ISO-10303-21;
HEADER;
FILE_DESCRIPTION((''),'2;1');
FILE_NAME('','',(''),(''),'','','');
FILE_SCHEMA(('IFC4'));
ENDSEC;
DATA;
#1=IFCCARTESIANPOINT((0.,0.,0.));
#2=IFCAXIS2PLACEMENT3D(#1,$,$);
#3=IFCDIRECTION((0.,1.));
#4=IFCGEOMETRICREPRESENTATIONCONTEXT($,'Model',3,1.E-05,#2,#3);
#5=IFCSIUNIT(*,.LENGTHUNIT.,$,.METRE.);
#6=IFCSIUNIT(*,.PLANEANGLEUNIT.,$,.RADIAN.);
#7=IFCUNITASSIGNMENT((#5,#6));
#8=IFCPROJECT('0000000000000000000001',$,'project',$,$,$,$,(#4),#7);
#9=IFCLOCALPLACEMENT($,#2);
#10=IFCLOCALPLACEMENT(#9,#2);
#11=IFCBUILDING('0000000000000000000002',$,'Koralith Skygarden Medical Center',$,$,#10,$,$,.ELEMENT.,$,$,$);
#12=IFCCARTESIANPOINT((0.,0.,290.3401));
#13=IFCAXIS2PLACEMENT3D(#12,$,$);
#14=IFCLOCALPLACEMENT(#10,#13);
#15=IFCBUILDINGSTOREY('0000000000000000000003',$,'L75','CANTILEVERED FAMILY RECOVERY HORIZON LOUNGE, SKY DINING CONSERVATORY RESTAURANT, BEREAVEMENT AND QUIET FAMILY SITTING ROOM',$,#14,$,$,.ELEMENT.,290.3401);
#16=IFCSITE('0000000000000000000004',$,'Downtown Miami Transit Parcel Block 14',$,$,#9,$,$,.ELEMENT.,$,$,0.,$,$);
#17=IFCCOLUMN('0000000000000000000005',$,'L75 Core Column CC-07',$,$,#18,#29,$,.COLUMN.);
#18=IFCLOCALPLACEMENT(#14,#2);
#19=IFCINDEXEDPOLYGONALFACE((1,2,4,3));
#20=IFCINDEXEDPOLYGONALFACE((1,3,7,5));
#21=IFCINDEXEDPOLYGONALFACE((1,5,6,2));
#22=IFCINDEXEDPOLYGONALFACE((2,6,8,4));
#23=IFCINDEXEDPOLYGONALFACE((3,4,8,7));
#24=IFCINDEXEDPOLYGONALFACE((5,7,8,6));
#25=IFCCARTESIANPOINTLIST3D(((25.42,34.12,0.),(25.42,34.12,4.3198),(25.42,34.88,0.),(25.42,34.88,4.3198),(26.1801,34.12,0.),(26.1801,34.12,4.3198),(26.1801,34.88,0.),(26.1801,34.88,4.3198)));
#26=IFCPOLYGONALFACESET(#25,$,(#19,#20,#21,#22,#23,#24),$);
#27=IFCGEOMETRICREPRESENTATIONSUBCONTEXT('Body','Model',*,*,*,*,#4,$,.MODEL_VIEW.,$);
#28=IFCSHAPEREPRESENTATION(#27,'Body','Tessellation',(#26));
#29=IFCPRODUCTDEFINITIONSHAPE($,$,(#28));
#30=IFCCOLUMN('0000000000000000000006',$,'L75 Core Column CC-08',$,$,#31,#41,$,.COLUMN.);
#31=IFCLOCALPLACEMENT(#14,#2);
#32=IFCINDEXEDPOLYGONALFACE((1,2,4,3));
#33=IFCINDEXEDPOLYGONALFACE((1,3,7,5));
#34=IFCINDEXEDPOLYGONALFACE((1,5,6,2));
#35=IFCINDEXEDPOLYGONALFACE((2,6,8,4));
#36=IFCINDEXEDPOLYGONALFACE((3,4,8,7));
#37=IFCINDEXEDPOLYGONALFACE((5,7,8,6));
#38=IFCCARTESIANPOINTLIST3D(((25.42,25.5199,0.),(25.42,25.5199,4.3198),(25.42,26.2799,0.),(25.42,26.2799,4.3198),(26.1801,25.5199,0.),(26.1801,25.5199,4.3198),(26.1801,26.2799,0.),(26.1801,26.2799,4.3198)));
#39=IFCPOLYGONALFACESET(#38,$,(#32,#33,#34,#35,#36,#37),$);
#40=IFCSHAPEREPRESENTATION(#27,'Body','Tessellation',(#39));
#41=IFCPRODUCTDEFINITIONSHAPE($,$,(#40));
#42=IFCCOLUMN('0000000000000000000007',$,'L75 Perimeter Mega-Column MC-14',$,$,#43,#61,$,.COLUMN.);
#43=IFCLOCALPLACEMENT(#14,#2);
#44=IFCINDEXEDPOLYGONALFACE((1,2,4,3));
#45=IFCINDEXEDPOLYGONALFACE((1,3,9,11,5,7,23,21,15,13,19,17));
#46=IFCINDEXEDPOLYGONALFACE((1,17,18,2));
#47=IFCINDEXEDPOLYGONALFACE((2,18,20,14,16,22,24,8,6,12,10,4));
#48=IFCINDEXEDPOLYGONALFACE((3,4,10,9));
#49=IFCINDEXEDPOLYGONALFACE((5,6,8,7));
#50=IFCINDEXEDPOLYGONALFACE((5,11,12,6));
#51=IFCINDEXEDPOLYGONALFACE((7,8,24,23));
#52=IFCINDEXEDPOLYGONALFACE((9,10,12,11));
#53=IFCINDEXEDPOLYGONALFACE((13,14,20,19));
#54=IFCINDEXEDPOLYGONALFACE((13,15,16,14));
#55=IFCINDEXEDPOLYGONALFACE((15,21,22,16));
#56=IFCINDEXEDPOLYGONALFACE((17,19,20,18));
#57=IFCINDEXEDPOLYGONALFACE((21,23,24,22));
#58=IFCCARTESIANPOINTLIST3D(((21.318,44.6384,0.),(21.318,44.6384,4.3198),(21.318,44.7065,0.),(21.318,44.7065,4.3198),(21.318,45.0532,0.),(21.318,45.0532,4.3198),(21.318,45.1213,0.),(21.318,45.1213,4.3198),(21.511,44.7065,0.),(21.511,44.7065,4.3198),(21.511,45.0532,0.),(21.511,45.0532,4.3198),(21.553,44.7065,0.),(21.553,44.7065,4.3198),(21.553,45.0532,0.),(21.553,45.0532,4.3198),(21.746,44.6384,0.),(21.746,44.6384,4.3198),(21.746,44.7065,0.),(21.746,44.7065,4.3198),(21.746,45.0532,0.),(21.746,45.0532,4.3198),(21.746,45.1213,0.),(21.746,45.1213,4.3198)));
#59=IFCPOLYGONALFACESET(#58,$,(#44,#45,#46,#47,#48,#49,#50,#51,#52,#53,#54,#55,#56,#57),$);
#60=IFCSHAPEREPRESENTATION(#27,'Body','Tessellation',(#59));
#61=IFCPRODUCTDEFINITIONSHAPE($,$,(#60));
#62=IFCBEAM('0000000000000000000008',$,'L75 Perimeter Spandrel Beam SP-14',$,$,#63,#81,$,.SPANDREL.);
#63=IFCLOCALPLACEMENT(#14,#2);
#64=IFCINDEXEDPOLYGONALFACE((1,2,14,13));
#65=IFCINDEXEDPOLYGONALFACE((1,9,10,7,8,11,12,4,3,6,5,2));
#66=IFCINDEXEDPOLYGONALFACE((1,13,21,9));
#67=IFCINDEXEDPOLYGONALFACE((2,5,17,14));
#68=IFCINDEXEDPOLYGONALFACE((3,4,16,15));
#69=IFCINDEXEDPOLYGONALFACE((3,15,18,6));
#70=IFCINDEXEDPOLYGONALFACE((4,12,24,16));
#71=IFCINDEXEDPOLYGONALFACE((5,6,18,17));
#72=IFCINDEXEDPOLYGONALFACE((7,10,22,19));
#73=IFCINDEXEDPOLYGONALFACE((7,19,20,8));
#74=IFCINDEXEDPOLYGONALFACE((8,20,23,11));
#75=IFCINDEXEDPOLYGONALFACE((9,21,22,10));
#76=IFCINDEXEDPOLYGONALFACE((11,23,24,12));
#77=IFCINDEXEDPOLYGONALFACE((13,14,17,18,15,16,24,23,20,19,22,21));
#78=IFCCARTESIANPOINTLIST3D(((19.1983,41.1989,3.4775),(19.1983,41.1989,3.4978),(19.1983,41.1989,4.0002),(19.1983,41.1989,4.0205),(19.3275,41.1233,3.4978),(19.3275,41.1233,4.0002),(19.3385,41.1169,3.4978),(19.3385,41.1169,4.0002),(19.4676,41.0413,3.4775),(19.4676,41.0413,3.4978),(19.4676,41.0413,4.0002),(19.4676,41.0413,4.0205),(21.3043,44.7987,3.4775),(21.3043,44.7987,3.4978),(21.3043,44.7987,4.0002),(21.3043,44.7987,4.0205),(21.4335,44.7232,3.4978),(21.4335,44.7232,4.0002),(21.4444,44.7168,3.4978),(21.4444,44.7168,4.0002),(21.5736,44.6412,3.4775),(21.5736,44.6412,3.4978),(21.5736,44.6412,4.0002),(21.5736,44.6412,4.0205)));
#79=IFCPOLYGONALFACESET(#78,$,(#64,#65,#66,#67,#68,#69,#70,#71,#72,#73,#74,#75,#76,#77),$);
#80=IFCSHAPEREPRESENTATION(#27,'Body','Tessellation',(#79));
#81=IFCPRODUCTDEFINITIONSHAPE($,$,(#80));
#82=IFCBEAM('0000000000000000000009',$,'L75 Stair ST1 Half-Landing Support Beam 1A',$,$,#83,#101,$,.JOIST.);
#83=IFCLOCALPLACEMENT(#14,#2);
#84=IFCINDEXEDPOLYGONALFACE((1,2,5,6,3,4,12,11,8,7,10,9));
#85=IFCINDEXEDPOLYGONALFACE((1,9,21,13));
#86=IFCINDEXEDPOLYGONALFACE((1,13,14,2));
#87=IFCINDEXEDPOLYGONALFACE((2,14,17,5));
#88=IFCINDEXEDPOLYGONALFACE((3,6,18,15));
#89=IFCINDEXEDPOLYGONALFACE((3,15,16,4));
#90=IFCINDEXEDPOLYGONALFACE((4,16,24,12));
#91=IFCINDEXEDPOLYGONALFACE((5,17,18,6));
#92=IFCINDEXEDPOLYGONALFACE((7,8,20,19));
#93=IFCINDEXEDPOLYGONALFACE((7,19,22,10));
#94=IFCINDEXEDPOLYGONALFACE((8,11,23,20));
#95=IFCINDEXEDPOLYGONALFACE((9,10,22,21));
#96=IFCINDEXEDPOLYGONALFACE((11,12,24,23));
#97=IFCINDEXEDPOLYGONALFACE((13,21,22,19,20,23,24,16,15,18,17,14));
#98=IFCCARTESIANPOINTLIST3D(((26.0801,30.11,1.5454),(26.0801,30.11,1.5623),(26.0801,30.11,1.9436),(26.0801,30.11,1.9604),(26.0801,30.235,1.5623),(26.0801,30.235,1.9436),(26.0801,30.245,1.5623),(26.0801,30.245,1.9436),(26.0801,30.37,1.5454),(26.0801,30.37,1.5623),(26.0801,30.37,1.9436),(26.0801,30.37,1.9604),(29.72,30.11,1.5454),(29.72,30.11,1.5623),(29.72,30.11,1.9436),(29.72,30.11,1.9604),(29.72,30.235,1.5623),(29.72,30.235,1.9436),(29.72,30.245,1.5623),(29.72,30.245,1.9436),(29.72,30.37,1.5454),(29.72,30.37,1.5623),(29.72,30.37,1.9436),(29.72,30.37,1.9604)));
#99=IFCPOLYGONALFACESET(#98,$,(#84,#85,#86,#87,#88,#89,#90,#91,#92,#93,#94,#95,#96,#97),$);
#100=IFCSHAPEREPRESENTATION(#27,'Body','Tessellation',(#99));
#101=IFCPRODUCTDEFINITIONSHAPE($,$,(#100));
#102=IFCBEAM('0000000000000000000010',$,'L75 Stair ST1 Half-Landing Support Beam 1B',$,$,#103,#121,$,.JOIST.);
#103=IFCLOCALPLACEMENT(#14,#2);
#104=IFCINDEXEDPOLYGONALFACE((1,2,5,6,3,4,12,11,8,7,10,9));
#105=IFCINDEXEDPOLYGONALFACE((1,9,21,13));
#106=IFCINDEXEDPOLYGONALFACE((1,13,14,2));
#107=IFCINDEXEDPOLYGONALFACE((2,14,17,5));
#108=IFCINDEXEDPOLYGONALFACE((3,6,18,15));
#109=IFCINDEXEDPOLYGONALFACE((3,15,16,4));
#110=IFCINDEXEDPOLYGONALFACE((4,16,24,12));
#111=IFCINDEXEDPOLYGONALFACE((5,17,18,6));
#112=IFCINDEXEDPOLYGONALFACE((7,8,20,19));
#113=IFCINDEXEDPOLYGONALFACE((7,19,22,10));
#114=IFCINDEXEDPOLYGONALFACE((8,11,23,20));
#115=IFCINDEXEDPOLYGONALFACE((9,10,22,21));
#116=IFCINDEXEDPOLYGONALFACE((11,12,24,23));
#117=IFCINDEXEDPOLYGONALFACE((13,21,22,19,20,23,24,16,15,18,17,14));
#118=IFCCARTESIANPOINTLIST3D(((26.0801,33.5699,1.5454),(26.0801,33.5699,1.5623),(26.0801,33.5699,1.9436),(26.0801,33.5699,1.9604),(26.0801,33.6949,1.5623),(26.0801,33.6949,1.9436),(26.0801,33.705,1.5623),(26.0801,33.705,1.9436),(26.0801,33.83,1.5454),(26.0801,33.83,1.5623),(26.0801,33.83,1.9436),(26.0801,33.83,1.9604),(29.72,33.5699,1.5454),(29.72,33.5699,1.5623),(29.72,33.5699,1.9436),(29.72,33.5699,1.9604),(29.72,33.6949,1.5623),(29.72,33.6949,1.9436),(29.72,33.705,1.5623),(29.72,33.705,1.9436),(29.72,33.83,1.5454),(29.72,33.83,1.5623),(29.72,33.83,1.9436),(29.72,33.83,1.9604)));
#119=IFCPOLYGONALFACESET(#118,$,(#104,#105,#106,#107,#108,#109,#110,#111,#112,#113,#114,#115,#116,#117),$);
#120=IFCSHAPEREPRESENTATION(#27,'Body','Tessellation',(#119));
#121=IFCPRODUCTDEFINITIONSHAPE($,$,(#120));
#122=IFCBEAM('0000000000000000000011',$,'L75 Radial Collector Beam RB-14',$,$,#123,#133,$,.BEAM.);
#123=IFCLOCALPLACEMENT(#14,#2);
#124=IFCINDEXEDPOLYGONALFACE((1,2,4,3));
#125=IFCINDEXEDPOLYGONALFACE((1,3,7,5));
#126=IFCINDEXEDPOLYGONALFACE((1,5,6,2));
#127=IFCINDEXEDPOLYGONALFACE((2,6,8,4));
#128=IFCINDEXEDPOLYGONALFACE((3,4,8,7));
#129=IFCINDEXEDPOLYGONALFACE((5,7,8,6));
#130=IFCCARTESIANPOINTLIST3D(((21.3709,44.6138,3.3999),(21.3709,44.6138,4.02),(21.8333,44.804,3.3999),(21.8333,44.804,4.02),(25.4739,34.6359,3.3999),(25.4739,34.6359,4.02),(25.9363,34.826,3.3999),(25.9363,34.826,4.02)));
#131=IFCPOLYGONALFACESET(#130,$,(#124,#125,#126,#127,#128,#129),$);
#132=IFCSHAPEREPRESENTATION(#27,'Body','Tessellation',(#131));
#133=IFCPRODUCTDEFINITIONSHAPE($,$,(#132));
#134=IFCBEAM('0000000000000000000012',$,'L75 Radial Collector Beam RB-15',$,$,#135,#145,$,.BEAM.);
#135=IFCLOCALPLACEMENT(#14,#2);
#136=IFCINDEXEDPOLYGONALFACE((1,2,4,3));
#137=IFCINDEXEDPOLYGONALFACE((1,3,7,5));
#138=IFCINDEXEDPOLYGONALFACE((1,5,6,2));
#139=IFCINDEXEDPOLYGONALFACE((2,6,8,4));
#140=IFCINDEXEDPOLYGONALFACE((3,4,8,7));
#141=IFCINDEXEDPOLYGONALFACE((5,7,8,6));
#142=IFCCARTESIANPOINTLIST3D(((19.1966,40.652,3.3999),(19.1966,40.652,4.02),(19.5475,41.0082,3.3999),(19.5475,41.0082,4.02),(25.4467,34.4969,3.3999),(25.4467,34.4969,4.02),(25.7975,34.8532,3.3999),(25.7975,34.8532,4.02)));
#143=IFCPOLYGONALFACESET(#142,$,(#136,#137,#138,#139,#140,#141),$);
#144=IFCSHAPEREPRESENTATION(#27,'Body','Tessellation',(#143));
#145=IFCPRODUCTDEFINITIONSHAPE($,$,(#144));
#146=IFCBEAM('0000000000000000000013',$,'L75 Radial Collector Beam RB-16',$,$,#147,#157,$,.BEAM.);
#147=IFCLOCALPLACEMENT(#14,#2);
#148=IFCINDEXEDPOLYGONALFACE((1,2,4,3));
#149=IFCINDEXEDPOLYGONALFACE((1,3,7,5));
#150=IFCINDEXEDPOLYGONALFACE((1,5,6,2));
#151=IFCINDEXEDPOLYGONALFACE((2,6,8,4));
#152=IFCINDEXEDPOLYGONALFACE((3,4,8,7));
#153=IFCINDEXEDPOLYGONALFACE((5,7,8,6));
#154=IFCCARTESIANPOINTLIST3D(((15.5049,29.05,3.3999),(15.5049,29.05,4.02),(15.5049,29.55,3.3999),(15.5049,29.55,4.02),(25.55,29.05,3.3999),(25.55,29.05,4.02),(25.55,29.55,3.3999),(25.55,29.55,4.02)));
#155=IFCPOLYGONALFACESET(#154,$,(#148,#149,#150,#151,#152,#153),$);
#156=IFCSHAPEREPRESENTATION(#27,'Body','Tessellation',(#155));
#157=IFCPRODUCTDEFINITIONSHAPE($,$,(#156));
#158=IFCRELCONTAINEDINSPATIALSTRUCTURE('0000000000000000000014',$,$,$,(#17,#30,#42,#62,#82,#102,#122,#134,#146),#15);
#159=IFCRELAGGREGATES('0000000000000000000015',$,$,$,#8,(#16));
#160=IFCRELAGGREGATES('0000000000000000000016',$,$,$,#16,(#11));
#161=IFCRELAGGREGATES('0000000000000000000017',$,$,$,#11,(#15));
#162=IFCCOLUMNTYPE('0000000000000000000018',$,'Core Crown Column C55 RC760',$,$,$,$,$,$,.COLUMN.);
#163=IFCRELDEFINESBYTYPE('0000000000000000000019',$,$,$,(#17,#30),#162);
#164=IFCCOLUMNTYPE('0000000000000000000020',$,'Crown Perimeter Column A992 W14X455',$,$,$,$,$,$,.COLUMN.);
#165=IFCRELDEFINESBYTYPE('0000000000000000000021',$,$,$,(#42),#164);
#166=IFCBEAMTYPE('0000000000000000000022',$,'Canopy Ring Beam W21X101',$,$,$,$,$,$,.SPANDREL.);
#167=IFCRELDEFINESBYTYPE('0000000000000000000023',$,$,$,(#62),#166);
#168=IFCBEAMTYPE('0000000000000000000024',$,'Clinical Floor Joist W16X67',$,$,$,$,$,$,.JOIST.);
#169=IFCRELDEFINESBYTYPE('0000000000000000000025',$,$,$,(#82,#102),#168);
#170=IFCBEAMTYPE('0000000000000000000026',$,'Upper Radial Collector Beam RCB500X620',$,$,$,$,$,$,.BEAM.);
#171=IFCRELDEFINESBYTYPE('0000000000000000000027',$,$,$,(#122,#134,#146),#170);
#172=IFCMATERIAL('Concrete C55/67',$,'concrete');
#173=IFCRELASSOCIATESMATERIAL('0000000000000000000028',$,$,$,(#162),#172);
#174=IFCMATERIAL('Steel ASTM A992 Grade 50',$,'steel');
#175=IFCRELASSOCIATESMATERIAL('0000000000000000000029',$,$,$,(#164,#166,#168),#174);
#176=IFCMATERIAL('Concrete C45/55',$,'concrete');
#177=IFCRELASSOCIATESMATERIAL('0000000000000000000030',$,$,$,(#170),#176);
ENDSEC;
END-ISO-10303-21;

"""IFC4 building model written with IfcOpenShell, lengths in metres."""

from ifc_helpers import new_model, si_unit, direction, frame, origin, origin_2d, place, context, subcontext, project, spatial, rectangle, i_section, extrude, material, material_profile, profile_set, type_object, element, save


model = new_model("IFC4")

# Units and contexts
model_context = context("Model", 3, precision=1e-05, world=origin(), true_north=direction((0.0, 1.0)))
body_context = subcontext(model_context, "Body", "Model", "MODEL_VIEW")
ifc_project = project(units=[si_unit("LENGTHUNIT", "METRE"), si_unit("PLANEANGLEUNIT", "RADIAN")], contexts=[model_context])

# Site, building, storey
site_placement = place(None, origin())
site = spatial("IfcSite", under=ifc_project, at=site_placement, Name="Downtown Miami Transit Parcel Block 14", CompositionType="ELEMENT", RefElevation=0.0)
building_placement = place(site_placement, origin())
building = spatial("IfcBuilding", under=site, at=building_placement, Name="Koralith Skygarden Medical Center", CompositionType="ELEMENT")
storey_placement = place(building_placement, frame((0.0, 0.0, 290.3401)))
storey = spatial("IfcBuildingStorey", under=building, at=storey_placement, Name="L75", Description="CANTILEVERED FAMILY RECOVERY HORIZON LOUNGE, SKY DINING CONSERVATORY RESTAURANT, BEREAVEMENT AND QUIET FAMILY SITTING ROOM", CompositionType="ELEMENT", Elevation=290.3401)

# Columns
ifc_material_1 = material(Name="Concrete C55/67", Category="concrete")
ifc_material_profile_1 = material_profile(ifc_material_1, rectangle(XDim=0.76, YDim=0.76, at=origin_2d()), Name="RC760X760")
ifc_profile_set_1 = profile_set([ifc_material_profile_1], Name="Concrete C55/67")
column_type_1 = type_object("IfcColumnType", Name="Core Crown Column C55 RC760", PredefinedType="COLUMN", material=ifc_profile_set_1)
for number, where, z_axis, x_axis, name in (
    (1, (25.8, 34.5, 0.0), (0.0, 0.0, 1.0), (1.0, 0.0, 0.0), "L75 Core Column CC-07"),
    (2, (25.8, 25.8999, 0.0), (0.0, 0.0, 1.0), (1.0, 0.0, 0.0), "L75 Core Column CC-08"),
):
    element("IfcColumn", number, at=place(storey_placement, frame(where, z_axis=z_axis, x_axis=x_axis)), inside=storey, type_object=column_type_1, Name=name, PredefinedType="COLUMN", context=body_context, shape_type="SweptSolid", body=[
        extrude(rectangle(XDim=0.76, YDim=0.76, at=origin_2d()), origin(), (0.0, 0.0, 1.0), 4.3198),
    ])
ifc_material_2 = material(Name="Steel ASTM A992 Grade 50", Category="steel")
ifc_material_profile_2 = material_profile(ifc_material_2, i_section(OverallWidth=0.428, OverallDepth=0.4829, WebThickness=0.042, FlangeThickness=0.0681, at=origin_2d()), Name="W14X455")
ifc_profile_set_2 = profile_set([ifc_material_profile_2], Name="Steel ASTM A992 Grade 50")
column_type_2 = type_object("IfcColumnType", Name="Crown Perimeter Column A992 W14X455", PredefinedType="COLUMN", material=ifc_profile_set_2)
column_placement = place(storey_placement, frame((21.532, 44.8799, 0.0), z_axis=(0.0, 0.0, 1.0), x_axis=(1.0, 0.0, 0.0)))
element("IfcColumn", 3, at=column_placement, inside=storey, type_object=column_type_2, Name="L75 Perimeter Mega-Column MC-14", PredefinedType="COLUMN", context=body_context, shape_type="SweptSolid", body=[
    extrude(i_section(OverallWidth=0.428, OverallDepth=0.4829, WebThickness=0.042, FlangeThickness=0.0681, at=origin_2d()), origin(), (0.0, 0.0, 1.0), 4.3198),
])

# Beams
ifc_material_profile_3 = material_profile(ifc_material_2, i_section(OverallWidth=0.312, OverallDepth=0.543, WebThickness=0.0127, FlangeThickness=0.0203, at=origin_2d()), Name="W21X101")
ifc_profile_set_3 = profile_set([ifc_material_profile_3], Name="Steel ASTM A992 Grade 50")
beam_type_1 = type_object("IfcBeamType", Name="Canopy Ring Beam W21X101", PredefinedType="SPANDREL", material=ifc_profile_set_3)
beam_1_placement = place(storey_placement, frame((21.439, 44.72, 3.749), z_axis=(-0.504952, -0.863148, 0.0), x_axis=(0.863148, -0.504952, 0.0)))
element("IfcBeam", 4, at=beam_1_placement, inside=storey, type_object=beam_type_1, Name="L75 Perimeter Spandrel Beam SP-14", PredefinedType="SPANDREL", context=body_context, shape_type="SweptSolid", body=[
    extrude(i_section(OverallWidth=0.312, OverallDepth=0.543, WebThickness=0.0127, FlangeThickness=0.0203, at=origin_2d()), origin(), (0.0, 0.0, 1.0), 4.1707),
])
ifc_material_profile_4 = material_profile(ifc_material_2, i_section(OverallWidth=0.26, OverallDepth=0.415, WebThickness=0.01, FlangeThickness=0.0168, at=origin_2d()), Name="W16X67")
ifc_profile_set_4 = profile_set([ifc_material_profile_4], Name="Steel ASTM A992 Grade 50")
beam_type_2 = type_object("IfcBeamType", Name="Clinical Floor Joist W16X67", PredefinedType="JOIST", material=ifc_profile_set_4)
for number, where, z_axis, x_axis, name in (
    (5, (26.0801, 30.24, 1.7529), (1.0, 0.0, 0.0), (0.0, 1.0, 0.0), "L75 Stair ST1 Half-Landing Support Beam 1A"),
    (6, (26.0801, 33.7, 1.7529), (1.0, 0.0, 0.0), (0.0, 1.0, 0.0), "L75 Stair ST1 Half-Landing Support Beam 1B"),
):
    element("IfcBeam", number, at=place(storey_placement, frame(where, z_axis=z_axis, x_axis=x_axis)), inside=storey, type_object=beam_type_2, Name=name, PredefinedType="JOIST", context=body_context, shape_type="SweptSolid", body=[
        extrude(i_section(OverallWidth=0.26, OverallDepth=0.415, WebThickness=0.01, FlangeThickness=0.0168, at=origin_2d()), origin(), (0.0, 0.0, 1.0), 3.6399),
    ])
ifc_material_3 = material(Name="Concrete C45/55", Category="concrete")
ifc_material_profile_5 = material_profile(ifc_material_3, rectangle(XDim=0.5, YDim=0.6201, at=origin_2d()), Name="RCB500X620")
ifc_profile_set_5 = profile_set([ifc_material_profile_5], Name="Concrete C45/55")
beam_type_3 = type_object("IfcBeamType", Name="Upper Radial Collector Beam RCB500X620", PredefinedType="BEAM", material=ifc_profile_set_5)
beam_2_placement = place(storey_placement, frame((25.7051, 34.731, 3.71), z_axis=(-0.380308, 0.92486, 0.0), x_axis=(-0.92486, -0.380308, 0.0)))
element("IfcBeam", 7, at=beam_2_placement, inside=storey, type_object=beam_type_3, Name="L75 Radial Collector Beam RB-14", PredefinedType="BEAM", context=body_context, shape_type="SweptSolid", body=[
    extrude(rectangle(XDim=0.5, YDim=0.6201, at=origin_2d()), origin(), (0.0, 0.0, 1.0), 10.7886),
])
beam_3_placement = place(storey_placement, frame((25.6221, 34.675, 3.71), z_axis=(-0.712499, 0.701673, 0.0), x_axis=(-0.701673, -0.712499, 0.0)))
element("IfcBeam", 8, at=beam_3_placement, inside=storey, type_object=beam_type_3, Name="L75 Radial Collector Beam RB-15", PredefinedType="BEAM", context=body_context, shape_type="SweptSolid", body=[
    extrude(rectangle(XDim=0.5, YDim=0.6201, at=origin_2d()), origin(), (0.0, 0.0, 1.0), 8.772),
])
beam_4_placement = place(storey_placement, frame((25.55, 29.3, 3.71), z_axis=(-1.0, 0.0, 0.0), x_axis=(0.0, -1.0, 0.0)))
element("IfcBeam", 9, at=beam_4_placement, inside=storey, type_object=beam_type_3, Name="L75 Radial Collector Beam RB-16", PredefinedType="BEAM", context=body_context, shape_type="SweptSolid", body=[
    extrude(rectangle(XDim=0.5, YDim=0.6201, at=origin_2d()), origin(), (0.0, 0.0, 1.0), 10.0452),
])

save(model, "model.ifc")
